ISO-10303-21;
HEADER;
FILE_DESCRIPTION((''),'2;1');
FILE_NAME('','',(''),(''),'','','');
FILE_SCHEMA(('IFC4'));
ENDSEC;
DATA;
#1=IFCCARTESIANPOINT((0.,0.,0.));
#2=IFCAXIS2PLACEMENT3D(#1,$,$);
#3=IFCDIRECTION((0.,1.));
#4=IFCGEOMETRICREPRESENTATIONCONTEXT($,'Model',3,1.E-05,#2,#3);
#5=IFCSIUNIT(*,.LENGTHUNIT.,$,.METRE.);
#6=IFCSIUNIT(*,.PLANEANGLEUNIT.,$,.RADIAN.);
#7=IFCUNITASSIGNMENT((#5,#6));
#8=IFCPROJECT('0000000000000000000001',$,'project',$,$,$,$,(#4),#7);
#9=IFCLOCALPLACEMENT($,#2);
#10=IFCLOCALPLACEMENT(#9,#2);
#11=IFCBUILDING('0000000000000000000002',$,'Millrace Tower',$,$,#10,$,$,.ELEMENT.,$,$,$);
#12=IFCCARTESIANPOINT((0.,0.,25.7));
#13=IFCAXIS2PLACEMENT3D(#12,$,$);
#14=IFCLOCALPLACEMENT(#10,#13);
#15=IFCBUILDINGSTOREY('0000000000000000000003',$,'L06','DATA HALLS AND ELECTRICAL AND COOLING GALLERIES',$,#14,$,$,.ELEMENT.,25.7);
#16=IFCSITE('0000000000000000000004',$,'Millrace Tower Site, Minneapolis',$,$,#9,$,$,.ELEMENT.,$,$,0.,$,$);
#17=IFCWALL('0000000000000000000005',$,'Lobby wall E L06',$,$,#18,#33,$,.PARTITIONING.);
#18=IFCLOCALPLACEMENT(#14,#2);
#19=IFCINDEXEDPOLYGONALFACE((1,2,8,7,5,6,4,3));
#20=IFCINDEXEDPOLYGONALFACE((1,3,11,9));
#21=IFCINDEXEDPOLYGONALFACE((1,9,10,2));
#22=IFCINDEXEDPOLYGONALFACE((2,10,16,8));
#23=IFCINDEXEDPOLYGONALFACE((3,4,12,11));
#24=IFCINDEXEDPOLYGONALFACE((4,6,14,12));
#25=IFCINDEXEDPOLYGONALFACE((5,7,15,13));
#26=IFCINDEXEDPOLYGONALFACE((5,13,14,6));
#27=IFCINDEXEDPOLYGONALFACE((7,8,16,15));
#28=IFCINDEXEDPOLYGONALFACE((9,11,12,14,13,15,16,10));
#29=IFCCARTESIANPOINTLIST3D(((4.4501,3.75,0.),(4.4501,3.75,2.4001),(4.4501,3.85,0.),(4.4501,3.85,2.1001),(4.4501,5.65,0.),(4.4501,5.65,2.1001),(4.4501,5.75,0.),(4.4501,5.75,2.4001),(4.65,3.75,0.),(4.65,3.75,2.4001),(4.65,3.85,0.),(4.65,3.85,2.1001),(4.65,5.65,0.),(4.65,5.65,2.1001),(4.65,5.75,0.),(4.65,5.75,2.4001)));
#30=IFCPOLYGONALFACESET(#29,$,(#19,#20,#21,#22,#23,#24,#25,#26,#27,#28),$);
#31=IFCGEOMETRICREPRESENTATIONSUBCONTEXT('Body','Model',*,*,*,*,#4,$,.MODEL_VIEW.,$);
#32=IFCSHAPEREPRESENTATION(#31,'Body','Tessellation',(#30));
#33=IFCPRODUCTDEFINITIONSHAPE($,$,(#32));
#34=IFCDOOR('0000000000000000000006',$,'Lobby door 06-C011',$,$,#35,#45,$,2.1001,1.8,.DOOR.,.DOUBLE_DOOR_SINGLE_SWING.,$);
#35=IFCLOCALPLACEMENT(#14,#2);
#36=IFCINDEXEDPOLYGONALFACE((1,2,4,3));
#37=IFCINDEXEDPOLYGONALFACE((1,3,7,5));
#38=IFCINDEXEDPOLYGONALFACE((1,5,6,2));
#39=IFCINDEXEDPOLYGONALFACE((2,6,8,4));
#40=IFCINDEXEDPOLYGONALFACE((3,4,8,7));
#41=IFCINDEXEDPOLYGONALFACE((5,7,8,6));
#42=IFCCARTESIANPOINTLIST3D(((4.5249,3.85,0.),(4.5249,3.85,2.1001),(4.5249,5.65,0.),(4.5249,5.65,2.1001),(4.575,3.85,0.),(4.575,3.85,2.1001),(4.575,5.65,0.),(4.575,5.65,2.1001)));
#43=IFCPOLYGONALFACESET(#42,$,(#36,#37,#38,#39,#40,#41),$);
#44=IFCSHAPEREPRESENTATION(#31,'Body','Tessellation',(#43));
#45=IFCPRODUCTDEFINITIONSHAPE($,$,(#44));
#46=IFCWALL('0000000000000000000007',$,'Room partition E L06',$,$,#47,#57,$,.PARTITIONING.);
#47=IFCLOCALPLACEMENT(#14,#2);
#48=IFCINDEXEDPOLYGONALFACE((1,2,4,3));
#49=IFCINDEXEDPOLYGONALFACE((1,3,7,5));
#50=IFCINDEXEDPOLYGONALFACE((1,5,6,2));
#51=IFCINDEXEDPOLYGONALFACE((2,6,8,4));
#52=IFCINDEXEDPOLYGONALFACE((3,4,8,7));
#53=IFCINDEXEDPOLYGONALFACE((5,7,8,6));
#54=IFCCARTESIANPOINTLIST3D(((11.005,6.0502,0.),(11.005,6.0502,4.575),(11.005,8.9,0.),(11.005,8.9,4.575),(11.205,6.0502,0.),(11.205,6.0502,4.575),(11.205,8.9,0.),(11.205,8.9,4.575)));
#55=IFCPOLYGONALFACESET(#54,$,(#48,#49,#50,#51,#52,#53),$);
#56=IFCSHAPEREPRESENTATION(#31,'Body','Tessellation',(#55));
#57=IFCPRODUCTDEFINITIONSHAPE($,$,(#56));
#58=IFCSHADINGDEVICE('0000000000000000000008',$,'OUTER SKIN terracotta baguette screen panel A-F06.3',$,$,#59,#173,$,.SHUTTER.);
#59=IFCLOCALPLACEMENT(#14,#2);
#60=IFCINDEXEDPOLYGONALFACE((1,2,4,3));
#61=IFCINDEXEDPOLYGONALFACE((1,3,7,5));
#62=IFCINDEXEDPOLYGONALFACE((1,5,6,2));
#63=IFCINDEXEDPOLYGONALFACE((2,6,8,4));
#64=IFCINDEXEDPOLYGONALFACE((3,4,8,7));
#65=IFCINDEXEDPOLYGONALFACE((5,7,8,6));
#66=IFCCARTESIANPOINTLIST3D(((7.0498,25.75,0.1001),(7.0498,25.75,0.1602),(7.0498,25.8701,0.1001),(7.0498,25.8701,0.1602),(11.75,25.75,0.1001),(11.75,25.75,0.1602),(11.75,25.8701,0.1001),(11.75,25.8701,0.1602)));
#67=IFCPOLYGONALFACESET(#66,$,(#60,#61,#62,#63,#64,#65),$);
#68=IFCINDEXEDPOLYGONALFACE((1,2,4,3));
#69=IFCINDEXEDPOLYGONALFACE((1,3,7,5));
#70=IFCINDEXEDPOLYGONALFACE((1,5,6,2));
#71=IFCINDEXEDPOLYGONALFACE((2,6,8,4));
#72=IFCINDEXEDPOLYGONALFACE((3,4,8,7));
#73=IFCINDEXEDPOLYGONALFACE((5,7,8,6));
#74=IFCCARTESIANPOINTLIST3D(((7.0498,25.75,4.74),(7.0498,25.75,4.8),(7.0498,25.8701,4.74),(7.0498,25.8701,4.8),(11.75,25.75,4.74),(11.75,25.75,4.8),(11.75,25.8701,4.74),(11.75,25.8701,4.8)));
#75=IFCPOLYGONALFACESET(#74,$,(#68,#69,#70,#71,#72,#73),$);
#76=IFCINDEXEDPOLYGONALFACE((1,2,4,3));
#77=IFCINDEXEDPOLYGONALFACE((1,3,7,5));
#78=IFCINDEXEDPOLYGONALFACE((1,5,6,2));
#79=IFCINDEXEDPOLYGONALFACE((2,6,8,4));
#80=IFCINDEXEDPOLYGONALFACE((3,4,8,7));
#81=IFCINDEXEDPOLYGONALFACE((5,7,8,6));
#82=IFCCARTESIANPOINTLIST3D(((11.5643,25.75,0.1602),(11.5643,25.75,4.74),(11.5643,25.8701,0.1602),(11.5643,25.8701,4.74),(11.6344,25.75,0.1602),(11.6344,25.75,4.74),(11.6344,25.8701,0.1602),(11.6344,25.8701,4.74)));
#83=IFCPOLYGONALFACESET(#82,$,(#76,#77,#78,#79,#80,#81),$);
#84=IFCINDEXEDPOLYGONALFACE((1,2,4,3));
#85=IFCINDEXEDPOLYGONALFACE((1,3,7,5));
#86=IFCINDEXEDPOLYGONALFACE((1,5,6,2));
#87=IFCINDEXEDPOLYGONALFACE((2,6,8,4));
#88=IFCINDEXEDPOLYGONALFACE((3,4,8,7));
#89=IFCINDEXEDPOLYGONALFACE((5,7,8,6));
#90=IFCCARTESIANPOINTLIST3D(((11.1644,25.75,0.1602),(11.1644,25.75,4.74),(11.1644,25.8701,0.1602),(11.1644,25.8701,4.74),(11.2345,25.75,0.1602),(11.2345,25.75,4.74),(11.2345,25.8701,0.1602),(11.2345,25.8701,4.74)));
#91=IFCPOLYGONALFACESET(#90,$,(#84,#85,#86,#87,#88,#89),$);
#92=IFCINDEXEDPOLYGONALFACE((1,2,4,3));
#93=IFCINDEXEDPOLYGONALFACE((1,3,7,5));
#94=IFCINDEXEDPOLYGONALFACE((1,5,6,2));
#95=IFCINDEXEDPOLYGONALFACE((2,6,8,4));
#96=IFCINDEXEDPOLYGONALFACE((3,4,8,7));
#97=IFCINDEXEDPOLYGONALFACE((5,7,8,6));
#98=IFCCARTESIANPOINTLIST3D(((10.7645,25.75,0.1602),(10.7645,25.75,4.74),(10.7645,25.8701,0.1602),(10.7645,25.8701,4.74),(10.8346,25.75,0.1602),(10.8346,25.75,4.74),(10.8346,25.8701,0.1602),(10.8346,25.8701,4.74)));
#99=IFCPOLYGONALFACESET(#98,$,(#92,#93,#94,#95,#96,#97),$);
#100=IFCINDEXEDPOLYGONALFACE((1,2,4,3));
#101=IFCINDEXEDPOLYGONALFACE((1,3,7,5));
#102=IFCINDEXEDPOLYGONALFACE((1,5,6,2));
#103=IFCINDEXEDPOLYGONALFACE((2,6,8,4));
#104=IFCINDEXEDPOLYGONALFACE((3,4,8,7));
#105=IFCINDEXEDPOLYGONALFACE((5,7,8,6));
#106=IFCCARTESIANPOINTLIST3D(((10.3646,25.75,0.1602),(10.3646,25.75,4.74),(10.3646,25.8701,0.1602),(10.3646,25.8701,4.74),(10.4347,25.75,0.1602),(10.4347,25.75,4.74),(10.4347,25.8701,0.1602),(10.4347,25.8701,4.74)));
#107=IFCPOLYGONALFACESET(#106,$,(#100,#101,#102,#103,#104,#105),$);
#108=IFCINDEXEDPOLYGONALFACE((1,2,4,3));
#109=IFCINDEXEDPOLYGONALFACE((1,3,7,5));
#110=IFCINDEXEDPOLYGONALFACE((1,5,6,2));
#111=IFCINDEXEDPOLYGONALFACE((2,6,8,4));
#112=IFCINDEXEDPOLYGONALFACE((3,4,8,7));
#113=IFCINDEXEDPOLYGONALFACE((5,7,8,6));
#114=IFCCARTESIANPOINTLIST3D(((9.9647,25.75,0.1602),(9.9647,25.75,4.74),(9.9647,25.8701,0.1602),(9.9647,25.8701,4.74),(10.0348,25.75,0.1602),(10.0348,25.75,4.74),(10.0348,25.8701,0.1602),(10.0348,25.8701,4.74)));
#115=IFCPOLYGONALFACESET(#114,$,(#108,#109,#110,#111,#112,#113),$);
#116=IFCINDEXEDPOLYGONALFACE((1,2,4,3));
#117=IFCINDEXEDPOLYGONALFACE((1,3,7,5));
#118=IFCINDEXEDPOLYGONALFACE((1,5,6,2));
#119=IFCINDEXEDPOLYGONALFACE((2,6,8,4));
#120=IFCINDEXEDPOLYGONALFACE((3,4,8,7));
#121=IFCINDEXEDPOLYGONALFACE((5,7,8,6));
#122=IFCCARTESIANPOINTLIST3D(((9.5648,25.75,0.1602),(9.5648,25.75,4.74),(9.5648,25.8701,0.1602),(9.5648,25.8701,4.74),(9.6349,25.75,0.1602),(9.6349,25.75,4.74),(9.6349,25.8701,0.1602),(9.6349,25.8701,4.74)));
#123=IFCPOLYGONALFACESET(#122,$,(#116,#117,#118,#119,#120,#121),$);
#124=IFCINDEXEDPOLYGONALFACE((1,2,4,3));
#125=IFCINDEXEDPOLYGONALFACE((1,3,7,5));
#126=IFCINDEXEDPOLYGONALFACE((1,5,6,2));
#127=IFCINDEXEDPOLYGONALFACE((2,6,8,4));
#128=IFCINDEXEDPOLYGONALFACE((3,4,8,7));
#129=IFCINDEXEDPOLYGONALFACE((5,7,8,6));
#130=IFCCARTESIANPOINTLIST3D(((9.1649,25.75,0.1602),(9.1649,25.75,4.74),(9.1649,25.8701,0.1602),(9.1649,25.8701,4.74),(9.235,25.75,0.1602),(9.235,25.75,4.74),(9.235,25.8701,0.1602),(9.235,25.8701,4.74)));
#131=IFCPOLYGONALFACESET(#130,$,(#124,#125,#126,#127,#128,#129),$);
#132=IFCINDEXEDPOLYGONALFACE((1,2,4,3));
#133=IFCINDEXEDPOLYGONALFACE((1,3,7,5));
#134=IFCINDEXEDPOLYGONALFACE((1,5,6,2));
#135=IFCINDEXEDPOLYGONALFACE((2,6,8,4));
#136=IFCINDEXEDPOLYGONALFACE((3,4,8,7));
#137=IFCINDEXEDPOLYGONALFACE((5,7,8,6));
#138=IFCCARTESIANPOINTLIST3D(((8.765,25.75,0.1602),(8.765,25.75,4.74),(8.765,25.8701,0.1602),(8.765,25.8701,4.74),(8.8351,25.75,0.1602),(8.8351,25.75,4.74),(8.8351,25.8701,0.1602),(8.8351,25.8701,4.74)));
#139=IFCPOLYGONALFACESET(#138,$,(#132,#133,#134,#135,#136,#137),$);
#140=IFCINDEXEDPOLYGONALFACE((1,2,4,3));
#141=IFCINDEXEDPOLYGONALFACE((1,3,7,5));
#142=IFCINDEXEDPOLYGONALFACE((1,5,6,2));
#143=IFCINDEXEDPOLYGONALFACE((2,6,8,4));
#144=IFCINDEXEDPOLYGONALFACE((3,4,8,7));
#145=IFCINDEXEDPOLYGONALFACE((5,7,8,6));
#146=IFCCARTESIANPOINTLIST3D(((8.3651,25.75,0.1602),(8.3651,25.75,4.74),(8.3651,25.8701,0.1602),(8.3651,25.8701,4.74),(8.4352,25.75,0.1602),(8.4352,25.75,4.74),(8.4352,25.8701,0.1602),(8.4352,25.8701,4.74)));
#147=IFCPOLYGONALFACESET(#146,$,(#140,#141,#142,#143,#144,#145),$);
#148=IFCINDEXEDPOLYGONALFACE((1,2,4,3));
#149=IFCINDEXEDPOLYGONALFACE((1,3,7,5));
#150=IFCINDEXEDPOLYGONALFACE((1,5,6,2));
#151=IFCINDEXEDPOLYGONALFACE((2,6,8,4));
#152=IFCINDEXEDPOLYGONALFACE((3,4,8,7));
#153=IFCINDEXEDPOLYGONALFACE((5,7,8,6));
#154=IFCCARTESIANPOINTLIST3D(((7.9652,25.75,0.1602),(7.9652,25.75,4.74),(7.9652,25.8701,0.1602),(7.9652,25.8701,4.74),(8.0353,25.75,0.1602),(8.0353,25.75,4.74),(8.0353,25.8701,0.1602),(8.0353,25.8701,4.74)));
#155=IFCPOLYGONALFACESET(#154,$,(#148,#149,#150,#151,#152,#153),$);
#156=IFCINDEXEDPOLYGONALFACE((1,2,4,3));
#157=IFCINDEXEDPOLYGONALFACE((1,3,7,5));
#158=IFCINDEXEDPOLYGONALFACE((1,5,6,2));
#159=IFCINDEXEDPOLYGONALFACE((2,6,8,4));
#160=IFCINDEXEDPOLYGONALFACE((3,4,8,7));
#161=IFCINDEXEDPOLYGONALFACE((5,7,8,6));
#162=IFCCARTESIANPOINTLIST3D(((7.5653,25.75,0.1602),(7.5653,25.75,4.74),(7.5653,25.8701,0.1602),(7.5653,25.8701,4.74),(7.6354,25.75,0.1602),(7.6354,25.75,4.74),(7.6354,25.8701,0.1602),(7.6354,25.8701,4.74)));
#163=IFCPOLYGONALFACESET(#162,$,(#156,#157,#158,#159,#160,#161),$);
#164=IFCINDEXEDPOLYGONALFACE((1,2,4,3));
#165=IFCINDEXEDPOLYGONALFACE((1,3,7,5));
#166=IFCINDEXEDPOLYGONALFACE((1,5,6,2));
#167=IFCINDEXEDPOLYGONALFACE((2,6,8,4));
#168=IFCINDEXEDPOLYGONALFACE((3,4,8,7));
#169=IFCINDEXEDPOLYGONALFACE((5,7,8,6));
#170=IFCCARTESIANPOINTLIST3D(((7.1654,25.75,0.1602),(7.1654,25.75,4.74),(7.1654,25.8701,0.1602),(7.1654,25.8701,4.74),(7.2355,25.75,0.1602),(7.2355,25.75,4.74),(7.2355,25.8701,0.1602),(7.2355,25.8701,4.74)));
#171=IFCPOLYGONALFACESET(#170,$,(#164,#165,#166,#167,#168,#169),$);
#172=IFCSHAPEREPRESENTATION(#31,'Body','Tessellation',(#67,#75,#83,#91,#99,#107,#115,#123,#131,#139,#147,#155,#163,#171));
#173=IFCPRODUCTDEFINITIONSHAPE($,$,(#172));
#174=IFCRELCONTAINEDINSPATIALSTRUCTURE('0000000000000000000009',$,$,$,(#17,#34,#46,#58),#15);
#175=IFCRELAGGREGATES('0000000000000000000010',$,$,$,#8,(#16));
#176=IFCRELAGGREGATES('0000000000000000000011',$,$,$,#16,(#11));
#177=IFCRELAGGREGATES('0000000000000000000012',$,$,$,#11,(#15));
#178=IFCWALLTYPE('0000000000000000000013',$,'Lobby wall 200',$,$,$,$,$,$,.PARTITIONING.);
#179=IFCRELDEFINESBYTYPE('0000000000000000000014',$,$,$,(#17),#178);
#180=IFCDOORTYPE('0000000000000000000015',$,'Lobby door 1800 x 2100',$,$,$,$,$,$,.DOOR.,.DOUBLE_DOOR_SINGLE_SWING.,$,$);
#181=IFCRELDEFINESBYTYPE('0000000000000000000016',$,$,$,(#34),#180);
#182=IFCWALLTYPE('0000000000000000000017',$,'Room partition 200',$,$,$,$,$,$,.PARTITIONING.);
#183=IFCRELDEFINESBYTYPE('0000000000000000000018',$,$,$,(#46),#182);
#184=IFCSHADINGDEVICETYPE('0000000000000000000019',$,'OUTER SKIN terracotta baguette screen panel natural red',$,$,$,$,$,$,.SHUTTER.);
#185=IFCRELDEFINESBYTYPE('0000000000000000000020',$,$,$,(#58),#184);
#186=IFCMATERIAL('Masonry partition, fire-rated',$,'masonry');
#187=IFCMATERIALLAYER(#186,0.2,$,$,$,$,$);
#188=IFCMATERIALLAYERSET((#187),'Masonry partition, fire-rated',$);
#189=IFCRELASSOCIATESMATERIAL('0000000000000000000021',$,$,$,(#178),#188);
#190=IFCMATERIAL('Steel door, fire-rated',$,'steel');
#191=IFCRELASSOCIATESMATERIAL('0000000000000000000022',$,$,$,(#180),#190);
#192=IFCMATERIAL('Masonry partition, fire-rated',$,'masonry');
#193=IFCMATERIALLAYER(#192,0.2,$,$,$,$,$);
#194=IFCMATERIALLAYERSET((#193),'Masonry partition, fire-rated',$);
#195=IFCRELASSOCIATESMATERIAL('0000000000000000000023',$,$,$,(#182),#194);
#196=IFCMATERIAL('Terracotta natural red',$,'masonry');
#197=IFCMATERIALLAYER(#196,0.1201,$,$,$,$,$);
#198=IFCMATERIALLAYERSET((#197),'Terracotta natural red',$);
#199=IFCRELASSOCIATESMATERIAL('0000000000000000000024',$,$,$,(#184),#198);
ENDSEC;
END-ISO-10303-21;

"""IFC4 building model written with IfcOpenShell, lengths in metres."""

from ifc_helpers import new_model, entity, si_unit, direction, frame, frame_2d, origin, place, context, subcontext, project, spatial, rectangle, extrude, source, transform, mapped, material, layer, layer_set, type_object, element, fill, save


model = new_model("IFC4")

# Units and contexts
model_context = context("Model", 3, precision=1e-05, world=origin(), true_north=direction((0.0, 1.0)))
body_context = subcontext(model_context, "Body", "Model", "MODEL_VIEW")
ifc_project = project(units=[si_unit("LENGTHUNIT", "METRE"), si_unit("PLANEANGLEUNIT", "RADIAN")], contexts=[model_context])

# Site, building, storey
site_placement = place(None, origin())
site = spatial("IfcSite", under=ifc_project, at=site_placement, Name="Millrace Tower Site, Minneapolis", CompositionType="ELEMENT", RefElevation=0.0)
building_placement = place(site_placement, origin())
building = spatial("IfcBuilding", under=site, at=building_placement, Name="Millrace Tower", CompositionType="ELEMENT")
storey_placement = place(building_placement, frame((0.0, 0.0, 25.7)))
storey = spatial("IfcBuildingStorey", under=building, at=storey_placement, Name="L06", Description="DATA HALLS AND ELECTRICAL AND COOLING GALLERIES", CompositionType="ELEMENT", Elevation=25.7)

# Wall, opening, door
ifc_material_1 = material(Name="Masonry partition, fire-rated", Category="masonry")
ifc_layer_1 = layer(ifc_material_1, 0.2)
ifc_layer_set_1 = layer_set([ifc_layer_1], Name="Masonry partition, fire-rated")
wall_type_1 = type_object("IfcWallType", Name="Lobby wall 200", PredefinedType="PARTITIONING", material=ifc_layer_set_1)
wall_1_placement = place(storey_placement, frame((4.55, 5.75, 0.0), z_axis=(0.0, 0.0, 1.0), x_axis=(0.0, -1.0, 0.0)))
wall_1 = element("IfcWall", 1, at=wall_1_placement, inside=storey, type_object=wall_type_1, Name="Lobby wall E L06", PredefinedType="PARTITIONING", context=body_context, shape_type="SweptSolid", body=[
    extrude(rectangle(XDim=2.0, YDim=0.2, at=frame_2d((1.0, 0.0))), origin(), (0.0, 0.0, 1.0), 2.4001),
])
opening_1_placement = place(wall_1_placement, frame((0.1001, 0.0, 0.0)))
opening_1 = element("IfcOpeningElement", 2, at=opening_1_placement, cuts=wall_1, PredefinedType="OPENING", context=body_context, shape_type="SweptSolid", body=[
    extrude(rectangle(XDim=1.8, YDim=2.1001, at=frame_2d((0.8999, 1.05))), frame((0.0, 0.1099, 0.0), z_axis=(0.0, -1.0, 0.0), x_axis=(1.0, 0.0, 0.0)), (0.0, 0.0, 1.0), 0.22),
])
ifc_material_2 = material(Name="Steel door, fire-rated", Category="steel")
door_type_1 = type_object("IfcDoorType", Name="Lobby door 1800 x 2100", OperationType="DOUBLE_DOOR_SINGLE_SWING", PredefinedType="DOOR", material=ifc_material_2)
door_1_placement = place(opening_1_placement, origin())
door_1 = element("IfcDoor", 3, at=door_1_placement, inside=storey, type_object=door_type_1, Name="Lobby door 06-C011", OperationType="DOUBLE_DOOR_SINGLE_SWING", OverallHeight=2.1001, OverallWidth=1.8, PredefinedType="DOOR", context=body_context, shape_type="SweptSolid", body=[
    extrude(rectangle(XDim=1.8, YDim=2.1001, at=frame_2d((0.8999, 1.05))), frame((0.0, 0.0249, 0.0), z_axis=(0.0, -1.0, 0.0), x_axis=(1.0, 0.0, 0.0)), (0.0, 0.0, 1.0), 0.05),
])
fill(opening_1, door_1)

# Wall
ifc_material_3 = material(Name="Masonry partition, fire-rated", Category="masonry")
ifc_layer_2 = layer(ifc_material_3, 0.2)
ifc_layer_set_2 = layer_set([ifc_layer_2], Name="Masonry partition, fire-rated")
wall_type_2 = type_object("IfcWallType", Name="Room partition 200", PredefinedType="PARTITIONING", material=ifc_layer_set_2)
wall_2_placement = place(storey_placement, frame((11.105, 8.8999, 0.0), z_axis=(0.0, 0.0, 1.0), x_axis=(0.0, -1.0, 0.0)))
element("IfcWall", 4, at=wall_2_placement, inside=storey, type_object=wall_type_2, Name="Room partition E L06", PredefinedType="PARTITIONING", context=body_context, shape_type="SweptSolid", body=[
    extrude(rectangle(XDim=2.8499, YDim=0.2, at=frame_2d((1.4248, 0.0))), origin(), (0.0, 0.0, 1.0), 4.575),
])

# Shading device
cartesian_point = entity("IfcCartesianPoint", [-2.3501, 0.0601])
shared_polyline = entity("IfcPolyline", [cartesian_point, entity("IfcCartesianPoint", [2.3501, 0.0601]), entity("IfcCartesianPoint", [2.3501, -0.0601]), entity("IfcCartesianPoint", [-2.3501, -0.0601]), cartesian_point])
ifc_material_4 = material(Name="Terracotta natural red", Category="masonry")
ifc_layer_3 = layer(ifc_material_4, 0.1201)
ifc_layer_set_3 = layer_set([ifc_layer_3], Name="Terracotta natural red")
shading_device_type_1 = type_object("IfcShadingDeviceType", Name="OUTER SKIN terracotta baguette screen panel natural red", PredefinedType="SHUTTER", material=ifc_layer_set_3)
shared_shape_1 = source(origin(), body_context, "Body", "SweptSolid", [
    entity("IfcExtrudedAreaSolid", entity("IfcArbitraryClosedProfileDef", "AREA", None, shared_polyline), entity("IfcAxis2Placement3D", entity("IfcCartesianPoint", [0.0, 0.0, 0.0])), entity("IfcDirection", [0.0, 0.0, 1.0]), 0.0601),
    entity("IfcExtrudedAreaSolid", entity("IfcArbitraryClosedProfileDef", "AREA", None, shared_polyline), entity("IfcAxis2Placement3D", entity("IfcCartesianPoint", [0.0, 0.0, 4.6399])), entity("IfcDirection", [0.0, 0.0, 1.0]), 0.0601),
    extrude(rectangle(XDim=0.0701, YDim=0.1201, at=frame_2d((-2.1995, 0.0))), frame((0.0, 0.0, 0.0601)), (0.0, 0.0, 1.0), 4.5798),
    extrude(rectangle(XDim=0.0701, YDim=0.1201, at=frame_2d((-1.7996, 0.0))), frame((0.0, 0.0, 0.0601)), (0.0, 0.0, 1.0), 4.5798),
    extrude(rectangle(XDim=0.0701, YDim=0.1201, at=frame_2d((-1.3997, 0.0))), frame((0.0, 0.0, 0.0601)), (0.0, 0.0, 1.0), 4.5798),
    extrude(rectangle(XDim=0.0701, YDim=0.1201, at=frame_2d((-0.9998, 0.0))), frame((0.0, 0.0, 0.0601)), (0.0, 0.0, 1.0), 4.5798),
    extrude(rectangle(XDim=0.0701, YDim=0.1201, at=frame_2d((-0.5999, 0.0))), frame((0.0, 0.0, 0.0601)), (0.0, 0.0, 1.0), 4.5798),
    extrude(rectangle(XDim=0.0701, YDim=0.1201, at=frame_2d((-0.2, 0.0))), frame((0.0, 0.0, 0.0601)), (0.0, 0.0, 1.0), 4.5798),
    extrude(rectangle(XDim=0.0701, YDim=0.1201, at=frame_2d((0.2, 0.0))), frame((0.0, 0.0, 0.0601)), (0.0, 0.0, 1.0), 4.5798),
    extrude(rectangle(XDim=0.0701, YDim=0.1201, at=frame_2d((0.5999, 0.0))), frame((0.0, 0.0, 0.0601)), (0.0, 0.0, 1.0), 4.5798),
    extrude(rectangle(XDim=0.0701, YDim=0.1201, at=frame_2d((0.9998, 0.0))), frame((0.0, 0.0, 0.0601)), (0.0, 0.0, 1.0), 4.5798),
    extrude(rectangle(XDim=0.0701, YDim=0.1201, at=frame_2d((1.3997, 0.0))), frame((0.0, 0.0, 0.0601)), (0.0, 0.0, 1.0), 4.5798),
    extrude(rectangle(XDim=0.0701, YDim=0.1201, at=frame_2d((1.7996, 0.0))), frame((0.0, 0.0, 0.0601)), (0.0, 0.0, 1.0), 4.5798),
    extrude(rectangle(XDim=0.0701, YDim=0.1201, at=frame_2d((2.1995, 0.0))), frame((0.0, 0.0, 0.0601)), (0.0, 0.0, 1.0), 4.5798),
])
for number, where, z_axis, x_axis, name in (
    (5, (9.3999, 25.8101, 0.1001), (0.0, 0.0, 1.0), (-1.0, 0.0, 0.0), "OUTER SKIN terracotta baguette screen panel A-F06.3"),
):
    element("IfcShadingDevice", number, at=place(storey_placement, frame(where, z_axis=z_axis, x_axis=x_axis)), inside=storey, type_object=shading_device_type_1, Name=name, PredefinedType="SHUTTER", context=body_context, shape_type="MappedRepresentation", body=[
        mapped(shared_shape_1, transform((0.0, 0.0, 0.0), scale=1.0)),
    ])

save(model, "model.ifc")
